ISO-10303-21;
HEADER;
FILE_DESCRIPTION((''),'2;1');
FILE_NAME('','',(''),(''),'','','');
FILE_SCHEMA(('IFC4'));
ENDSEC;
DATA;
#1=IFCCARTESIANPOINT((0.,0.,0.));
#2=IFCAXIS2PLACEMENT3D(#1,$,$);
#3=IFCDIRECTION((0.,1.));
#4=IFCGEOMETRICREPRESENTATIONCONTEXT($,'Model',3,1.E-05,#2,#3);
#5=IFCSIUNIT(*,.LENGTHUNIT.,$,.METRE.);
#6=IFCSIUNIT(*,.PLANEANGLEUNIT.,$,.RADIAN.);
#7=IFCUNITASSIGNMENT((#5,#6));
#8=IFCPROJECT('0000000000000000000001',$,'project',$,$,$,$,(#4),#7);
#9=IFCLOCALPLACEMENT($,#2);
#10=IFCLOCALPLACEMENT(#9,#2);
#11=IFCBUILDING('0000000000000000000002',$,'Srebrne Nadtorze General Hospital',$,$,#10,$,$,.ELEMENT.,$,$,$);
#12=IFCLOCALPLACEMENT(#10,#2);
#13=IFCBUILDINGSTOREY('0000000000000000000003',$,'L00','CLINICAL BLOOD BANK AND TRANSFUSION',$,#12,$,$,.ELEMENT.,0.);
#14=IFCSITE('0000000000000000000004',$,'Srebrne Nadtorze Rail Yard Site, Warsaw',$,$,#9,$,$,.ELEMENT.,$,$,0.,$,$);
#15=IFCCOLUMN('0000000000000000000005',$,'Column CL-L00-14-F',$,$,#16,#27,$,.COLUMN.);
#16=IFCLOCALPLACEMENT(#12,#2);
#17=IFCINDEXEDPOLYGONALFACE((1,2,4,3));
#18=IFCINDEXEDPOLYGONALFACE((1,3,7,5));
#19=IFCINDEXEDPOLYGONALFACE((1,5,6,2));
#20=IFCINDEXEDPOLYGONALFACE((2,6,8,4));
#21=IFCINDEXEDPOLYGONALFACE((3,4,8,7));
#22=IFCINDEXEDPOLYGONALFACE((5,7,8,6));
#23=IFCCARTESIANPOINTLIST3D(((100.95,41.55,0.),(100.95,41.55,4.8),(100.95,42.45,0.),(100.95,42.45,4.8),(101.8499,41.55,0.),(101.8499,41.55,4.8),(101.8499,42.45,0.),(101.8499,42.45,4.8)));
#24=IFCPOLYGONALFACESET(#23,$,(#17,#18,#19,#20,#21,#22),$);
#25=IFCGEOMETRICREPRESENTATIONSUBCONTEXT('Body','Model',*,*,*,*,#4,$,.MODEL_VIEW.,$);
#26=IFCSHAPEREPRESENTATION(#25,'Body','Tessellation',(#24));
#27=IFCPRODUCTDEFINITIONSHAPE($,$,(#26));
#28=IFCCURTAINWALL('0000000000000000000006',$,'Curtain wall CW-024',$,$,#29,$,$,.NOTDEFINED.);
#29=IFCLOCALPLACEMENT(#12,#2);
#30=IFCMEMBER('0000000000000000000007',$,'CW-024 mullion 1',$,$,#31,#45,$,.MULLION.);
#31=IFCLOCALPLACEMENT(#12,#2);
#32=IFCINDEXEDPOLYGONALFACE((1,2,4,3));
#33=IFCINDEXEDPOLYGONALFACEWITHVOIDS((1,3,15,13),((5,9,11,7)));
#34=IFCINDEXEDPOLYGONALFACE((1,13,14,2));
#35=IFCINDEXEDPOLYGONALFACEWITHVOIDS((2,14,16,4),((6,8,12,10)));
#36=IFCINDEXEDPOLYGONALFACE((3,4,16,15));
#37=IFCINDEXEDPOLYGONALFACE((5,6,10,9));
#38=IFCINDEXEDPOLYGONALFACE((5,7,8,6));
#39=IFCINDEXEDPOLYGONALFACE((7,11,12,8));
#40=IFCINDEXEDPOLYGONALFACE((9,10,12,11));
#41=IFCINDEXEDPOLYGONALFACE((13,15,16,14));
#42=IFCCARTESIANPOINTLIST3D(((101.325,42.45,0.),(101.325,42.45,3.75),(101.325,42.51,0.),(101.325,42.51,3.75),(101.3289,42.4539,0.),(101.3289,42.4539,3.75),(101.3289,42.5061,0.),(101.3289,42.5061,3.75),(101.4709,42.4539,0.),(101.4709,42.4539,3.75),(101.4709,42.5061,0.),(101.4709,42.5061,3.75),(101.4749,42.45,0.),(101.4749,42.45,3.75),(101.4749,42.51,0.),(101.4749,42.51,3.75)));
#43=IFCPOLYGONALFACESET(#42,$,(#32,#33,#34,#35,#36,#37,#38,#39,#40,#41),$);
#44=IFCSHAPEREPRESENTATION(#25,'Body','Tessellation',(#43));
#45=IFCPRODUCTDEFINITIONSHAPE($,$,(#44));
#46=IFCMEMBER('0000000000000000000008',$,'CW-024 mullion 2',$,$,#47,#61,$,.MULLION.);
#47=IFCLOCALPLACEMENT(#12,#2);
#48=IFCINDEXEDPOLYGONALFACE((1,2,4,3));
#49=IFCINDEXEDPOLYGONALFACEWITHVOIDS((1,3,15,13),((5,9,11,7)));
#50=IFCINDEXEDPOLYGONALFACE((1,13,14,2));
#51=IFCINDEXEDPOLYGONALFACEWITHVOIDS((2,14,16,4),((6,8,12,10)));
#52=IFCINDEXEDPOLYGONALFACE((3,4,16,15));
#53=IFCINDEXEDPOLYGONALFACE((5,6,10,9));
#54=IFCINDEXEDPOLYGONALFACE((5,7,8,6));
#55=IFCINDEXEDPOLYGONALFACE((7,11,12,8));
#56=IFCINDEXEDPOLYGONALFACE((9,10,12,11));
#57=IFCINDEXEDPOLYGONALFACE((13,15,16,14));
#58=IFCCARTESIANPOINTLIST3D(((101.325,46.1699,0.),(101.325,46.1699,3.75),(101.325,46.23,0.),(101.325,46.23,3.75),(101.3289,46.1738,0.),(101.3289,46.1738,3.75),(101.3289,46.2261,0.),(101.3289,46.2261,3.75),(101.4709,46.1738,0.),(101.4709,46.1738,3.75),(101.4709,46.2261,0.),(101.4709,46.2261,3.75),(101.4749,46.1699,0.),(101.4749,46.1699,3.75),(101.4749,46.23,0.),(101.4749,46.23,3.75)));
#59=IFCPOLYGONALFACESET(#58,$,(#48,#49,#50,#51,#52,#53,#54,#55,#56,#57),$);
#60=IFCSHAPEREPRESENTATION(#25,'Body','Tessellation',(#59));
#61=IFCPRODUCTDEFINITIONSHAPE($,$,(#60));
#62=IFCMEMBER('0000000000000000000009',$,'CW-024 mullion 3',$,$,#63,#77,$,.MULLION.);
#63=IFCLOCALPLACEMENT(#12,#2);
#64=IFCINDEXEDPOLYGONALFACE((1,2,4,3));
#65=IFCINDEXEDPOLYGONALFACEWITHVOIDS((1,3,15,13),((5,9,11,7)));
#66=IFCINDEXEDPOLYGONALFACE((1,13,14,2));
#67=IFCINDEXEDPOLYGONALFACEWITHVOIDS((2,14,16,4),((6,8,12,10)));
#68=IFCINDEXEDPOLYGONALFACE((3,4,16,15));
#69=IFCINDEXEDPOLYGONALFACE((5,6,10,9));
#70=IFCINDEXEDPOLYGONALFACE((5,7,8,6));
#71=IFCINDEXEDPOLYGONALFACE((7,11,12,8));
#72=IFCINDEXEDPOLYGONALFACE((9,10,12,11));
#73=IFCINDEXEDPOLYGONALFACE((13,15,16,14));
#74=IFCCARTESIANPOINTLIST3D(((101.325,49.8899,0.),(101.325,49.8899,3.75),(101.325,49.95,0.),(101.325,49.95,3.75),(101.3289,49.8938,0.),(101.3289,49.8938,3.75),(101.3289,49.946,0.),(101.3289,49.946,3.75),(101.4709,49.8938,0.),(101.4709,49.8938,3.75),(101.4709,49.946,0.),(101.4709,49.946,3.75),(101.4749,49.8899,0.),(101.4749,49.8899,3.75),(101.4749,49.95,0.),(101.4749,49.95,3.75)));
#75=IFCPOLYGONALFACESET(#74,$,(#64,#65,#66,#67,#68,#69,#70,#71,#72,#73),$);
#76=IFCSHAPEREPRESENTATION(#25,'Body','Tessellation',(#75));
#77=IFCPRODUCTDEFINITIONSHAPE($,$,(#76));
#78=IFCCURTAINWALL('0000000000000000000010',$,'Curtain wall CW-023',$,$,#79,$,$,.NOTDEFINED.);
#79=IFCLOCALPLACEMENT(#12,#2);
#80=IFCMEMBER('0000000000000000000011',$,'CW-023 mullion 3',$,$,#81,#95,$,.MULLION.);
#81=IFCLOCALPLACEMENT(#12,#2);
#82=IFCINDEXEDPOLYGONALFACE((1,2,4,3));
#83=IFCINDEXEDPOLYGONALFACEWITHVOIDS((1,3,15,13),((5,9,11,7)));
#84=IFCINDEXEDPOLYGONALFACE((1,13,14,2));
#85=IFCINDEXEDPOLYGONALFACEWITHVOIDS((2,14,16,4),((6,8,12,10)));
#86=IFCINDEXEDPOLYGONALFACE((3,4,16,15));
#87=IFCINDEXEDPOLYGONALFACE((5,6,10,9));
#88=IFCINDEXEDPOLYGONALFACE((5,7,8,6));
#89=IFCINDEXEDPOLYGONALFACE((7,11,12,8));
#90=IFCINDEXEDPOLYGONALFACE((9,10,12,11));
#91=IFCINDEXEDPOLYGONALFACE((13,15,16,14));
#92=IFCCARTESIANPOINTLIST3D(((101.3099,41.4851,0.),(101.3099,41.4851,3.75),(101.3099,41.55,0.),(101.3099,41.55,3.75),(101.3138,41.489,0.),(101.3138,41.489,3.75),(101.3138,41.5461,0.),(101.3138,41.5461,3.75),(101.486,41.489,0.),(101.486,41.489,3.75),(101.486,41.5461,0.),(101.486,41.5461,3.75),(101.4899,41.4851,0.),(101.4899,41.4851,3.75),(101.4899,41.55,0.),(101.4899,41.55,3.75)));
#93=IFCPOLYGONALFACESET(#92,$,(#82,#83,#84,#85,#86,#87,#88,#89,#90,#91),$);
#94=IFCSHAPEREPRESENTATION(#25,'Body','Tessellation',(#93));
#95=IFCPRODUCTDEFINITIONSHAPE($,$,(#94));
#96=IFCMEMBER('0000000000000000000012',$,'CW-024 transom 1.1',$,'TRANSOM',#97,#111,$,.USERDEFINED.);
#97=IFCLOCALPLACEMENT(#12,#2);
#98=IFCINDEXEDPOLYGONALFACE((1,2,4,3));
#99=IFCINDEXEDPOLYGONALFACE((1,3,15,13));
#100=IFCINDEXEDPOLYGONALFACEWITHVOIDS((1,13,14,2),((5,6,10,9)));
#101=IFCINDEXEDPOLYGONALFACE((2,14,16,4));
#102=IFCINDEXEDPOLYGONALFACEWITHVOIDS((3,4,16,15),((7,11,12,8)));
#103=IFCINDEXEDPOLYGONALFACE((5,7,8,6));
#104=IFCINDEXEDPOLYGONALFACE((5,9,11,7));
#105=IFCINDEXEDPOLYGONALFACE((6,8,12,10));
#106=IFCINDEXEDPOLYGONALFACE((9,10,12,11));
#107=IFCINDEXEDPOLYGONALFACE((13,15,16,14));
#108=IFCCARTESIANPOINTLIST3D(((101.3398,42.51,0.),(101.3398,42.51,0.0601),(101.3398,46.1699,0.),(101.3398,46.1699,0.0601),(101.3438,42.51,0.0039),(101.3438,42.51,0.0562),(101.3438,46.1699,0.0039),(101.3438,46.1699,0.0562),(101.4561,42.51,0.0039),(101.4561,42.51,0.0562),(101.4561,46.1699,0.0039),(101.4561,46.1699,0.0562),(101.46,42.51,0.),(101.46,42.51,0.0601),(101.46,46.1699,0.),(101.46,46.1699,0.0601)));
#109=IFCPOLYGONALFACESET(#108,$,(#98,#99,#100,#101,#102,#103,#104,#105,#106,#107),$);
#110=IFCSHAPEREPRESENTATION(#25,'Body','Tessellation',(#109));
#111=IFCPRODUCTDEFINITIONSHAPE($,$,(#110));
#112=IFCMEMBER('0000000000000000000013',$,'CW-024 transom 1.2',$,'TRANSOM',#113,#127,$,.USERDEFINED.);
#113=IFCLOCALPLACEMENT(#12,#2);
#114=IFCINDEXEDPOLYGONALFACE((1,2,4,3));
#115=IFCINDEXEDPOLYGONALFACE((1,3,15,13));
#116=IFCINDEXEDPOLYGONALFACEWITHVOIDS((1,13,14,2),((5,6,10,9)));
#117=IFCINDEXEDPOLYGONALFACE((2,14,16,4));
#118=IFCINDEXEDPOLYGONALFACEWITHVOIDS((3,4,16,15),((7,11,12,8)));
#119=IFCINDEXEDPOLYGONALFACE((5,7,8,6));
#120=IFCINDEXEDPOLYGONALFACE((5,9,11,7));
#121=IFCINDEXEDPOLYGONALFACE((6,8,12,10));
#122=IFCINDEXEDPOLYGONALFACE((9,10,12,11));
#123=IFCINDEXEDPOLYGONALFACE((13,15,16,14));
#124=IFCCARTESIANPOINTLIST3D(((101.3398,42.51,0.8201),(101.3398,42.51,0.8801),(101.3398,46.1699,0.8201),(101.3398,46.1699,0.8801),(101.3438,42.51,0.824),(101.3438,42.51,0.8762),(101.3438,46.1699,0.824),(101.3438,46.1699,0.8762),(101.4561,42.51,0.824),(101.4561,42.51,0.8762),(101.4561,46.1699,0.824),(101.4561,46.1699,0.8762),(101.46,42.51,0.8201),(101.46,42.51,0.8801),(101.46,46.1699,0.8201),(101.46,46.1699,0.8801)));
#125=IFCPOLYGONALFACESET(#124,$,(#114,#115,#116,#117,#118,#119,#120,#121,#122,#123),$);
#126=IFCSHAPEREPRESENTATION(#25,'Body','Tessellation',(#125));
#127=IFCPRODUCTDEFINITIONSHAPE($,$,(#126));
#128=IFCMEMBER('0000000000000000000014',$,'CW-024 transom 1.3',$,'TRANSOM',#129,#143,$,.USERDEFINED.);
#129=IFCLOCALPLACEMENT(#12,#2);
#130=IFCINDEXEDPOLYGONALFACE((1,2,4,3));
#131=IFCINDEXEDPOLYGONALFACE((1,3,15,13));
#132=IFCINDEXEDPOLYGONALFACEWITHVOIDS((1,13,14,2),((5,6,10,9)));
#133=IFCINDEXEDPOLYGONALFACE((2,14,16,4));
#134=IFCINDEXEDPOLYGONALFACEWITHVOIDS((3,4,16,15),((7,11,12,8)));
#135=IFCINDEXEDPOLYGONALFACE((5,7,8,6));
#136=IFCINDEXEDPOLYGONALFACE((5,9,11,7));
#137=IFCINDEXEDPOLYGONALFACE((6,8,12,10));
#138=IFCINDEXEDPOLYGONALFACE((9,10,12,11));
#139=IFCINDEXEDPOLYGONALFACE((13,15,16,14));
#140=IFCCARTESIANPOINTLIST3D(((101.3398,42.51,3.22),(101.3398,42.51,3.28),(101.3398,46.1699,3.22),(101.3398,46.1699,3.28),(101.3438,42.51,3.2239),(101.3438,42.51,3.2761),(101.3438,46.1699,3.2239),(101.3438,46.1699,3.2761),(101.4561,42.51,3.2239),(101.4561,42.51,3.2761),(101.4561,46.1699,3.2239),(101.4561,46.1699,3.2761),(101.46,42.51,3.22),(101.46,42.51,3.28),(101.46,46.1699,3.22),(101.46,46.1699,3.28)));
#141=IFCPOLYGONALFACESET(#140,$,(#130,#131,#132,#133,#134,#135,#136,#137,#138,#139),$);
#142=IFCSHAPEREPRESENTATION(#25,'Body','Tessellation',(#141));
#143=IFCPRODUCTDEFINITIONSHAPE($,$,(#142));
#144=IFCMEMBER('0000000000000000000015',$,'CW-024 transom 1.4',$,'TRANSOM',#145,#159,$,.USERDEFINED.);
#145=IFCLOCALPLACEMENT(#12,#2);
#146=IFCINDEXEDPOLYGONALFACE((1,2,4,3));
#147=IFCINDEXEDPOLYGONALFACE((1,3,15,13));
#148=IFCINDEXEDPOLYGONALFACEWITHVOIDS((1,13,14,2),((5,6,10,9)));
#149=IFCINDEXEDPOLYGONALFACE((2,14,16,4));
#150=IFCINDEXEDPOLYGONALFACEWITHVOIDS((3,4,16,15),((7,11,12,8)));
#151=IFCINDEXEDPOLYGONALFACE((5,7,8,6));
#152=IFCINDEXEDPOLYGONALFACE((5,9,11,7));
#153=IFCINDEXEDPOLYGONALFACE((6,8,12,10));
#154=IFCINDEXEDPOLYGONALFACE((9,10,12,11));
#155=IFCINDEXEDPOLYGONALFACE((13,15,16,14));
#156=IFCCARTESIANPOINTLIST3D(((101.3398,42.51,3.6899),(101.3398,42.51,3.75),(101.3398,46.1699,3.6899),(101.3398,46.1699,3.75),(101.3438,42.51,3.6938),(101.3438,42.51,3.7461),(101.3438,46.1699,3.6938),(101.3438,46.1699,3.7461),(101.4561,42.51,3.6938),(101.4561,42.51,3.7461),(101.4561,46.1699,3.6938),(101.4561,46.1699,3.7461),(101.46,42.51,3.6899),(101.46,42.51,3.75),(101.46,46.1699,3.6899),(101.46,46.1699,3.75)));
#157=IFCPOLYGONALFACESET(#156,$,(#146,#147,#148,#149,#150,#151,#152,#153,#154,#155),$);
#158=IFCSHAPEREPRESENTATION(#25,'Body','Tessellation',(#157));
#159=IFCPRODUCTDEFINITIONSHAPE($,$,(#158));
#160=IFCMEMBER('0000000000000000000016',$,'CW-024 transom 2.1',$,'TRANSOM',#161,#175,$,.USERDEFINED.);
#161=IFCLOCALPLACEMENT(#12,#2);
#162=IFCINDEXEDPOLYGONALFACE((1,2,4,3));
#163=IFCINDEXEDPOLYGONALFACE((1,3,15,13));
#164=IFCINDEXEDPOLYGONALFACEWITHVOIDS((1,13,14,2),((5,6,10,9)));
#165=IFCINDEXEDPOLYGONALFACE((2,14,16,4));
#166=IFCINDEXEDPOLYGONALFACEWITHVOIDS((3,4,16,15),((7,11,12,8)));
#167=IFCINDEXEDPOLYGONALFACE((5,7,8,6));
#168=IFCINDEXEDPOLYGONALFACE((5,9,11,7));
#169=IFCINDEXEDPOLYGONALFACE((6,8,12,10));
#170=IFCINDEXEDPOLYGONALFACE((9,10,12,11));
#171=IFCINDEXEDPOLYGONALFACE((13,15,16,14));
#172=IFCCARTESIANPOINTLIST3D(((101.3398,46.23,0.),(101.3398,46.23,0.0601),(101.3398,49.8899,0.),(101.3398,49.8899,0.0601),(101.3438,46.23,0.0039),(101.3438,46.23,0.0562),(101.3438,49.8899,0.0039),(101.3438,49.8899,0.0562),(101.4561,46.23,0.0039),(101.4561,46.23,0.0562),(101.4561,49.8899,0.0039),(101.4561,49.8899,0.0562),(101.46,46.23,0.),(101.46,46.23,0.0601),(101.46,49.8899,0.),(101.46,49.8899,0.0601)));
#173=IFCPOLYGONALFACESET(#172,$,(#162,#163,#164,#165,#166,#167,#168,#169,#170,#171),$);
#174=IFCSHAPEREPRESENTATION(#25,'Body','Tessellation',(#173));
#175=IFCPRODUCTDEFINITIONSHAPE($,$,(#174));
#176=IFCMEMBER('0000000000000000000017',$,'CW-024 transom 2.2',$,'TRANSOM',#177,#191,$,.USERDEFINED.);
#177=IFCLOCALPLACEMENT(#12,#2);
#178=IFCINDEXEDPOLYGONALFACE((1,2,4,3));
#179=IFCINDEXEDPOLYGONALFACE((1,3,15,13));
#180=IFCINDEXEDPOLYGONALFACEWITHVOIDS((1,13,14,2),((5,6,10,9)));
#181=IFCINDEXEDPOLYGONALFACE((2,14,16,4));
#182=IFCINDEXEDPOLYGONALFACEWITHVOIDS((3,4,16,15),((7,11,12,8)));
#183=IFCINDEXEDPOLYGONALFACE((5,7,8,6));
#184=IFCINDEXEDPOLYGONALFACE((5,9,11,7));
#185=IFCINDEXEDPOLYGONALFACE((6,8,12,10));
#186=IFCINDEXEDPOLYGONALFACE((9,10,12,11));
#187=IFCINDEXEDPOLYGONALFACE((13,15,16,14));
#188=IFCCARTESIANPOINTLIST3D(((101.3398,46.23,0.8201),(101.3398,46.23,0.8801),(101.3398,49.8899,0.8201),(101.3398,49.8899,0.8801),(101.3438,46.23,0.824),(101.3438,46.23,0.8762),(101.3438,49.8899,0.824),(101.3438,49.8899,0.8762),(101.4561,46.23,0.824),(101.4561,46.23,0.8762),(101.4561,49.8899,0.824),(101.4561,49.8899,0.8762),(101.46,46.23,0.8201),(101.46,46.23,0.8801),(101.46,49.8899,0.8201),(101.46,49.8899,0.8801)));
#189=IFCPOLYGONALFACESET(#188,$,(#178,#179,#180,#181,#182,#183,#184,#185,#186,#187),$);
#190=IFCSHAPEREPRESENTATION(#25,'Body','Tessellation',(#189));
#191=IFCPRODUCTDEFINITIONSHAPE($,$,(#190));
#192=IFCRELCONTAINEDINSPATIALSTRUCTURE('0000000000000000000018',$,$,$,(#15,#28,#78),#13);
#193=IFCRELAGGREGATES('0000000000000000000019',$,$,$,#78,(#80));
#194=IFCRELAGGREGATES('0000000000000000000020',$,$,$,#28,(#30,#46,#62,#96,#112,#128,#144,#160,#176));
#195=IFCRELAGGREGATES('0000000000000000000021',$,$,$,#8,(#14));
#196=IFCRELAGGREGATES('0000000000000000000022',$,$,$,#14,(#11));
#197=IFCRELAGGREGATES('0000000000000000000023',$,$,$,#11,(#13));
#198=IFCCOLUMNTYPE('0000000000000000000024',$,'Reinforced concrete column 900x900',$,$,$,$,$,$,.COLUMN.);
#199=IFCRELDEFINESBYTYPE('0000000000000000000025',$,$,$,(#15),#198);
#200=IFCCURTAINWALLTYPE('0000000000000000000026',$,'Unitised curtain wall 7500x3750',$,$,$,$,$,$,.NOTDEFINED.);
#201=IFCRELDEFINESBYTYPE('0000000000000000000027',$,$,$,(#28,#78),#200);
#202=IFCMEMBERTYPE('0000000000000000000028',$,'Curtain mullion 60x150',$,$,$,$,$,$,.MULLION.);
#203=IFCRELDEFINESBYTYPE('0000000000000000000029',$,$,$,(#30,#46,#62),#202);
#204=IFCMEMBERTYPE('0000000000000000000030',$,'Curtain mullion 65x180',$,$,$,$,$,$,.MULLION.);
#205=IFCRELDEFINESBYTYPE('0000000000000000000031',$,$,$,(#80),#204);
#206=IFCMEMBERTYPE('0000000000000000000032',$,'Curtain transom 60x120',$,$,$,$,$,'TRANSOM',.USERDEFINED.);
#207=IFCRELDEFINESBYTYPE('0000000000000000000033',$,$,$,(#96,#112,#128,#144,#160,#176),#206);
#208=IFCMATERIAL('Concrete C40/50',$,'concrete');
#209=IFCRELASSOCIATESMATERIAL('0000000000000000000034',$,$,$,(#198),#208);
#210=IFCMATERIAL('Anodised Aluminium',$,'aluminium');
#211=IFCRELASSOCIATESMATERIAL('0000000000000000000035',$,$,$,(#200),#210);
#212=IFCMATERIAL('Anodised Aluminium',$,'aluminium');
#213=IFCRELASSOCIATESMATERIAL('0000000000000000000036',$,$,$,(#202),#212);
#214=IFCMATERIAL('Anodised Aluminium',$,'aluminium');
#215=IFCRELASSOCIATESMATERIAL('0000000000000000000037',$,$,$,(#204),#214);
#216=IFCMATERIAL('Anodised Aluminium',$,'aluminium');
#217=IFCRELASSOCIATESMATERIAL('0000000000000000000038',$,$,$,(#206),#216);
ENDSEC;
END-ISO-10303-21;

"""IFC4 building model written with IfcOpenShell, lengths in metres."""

from ifc_helpers import new_model, si_unit, direction, frame, origin, origin_2d, place, context, subcontext, project, spatial, rectangle, hollow_rectangle, extrude, material, material_profile, profile_set, type_object, element, aggregate, save


model = new_model("IFC4")

# Units and contexts
model_context = context("Model", 3, precision=1e-05, world=origin(), true_north=direction((0.0, 1.0)))
body_context = subcontext(model_context, "Body", "Model", "MODEL_VIEW")
ifc_project = project(units=[si_unit("LENGTHUNIT", "METRE"), si_unit("PLANEANGLEUNIT", "RADIAN")], contexts=[model_context])

# Site, building, storey
site_placement = place(None, origin())
site = spatial("IfcSite", under=ifc_project, at=site_placement, Name="Srebrne Nadtorze Rail Yard Site, Warsaw", CompositionType="ELEMENT", RefElevation=0.0)
building_placement = place(site_placement, origin())
building = spatial("IfcBuilding", under=site, at=building_placement, Name="Srebrne Nadtorze General Hospital", CompositionType="ELEMENT")
storey_placement = place(building_placement, origin())
storey = spatial("IfcBuildingStorey", under=building, at=storey_placement, Name="L00", Description="CLINICAL BLOOD BANK AND TRANSFUSION", CompositionType="ELEMENT", Elevation=0.0)

# Column
ifc_material_1 = material(Name="Concrete C40/50", Category="concrete")
ifc_material_profile_1 = material_profile(ifc_material_1, rectangle(XDim=0.8999, YDim=0.8999, at=origin_2d()), Name="RC-COL-900x900")
ifc_profile_set_1 = profile_set([ifc_material_profile_1], Name="Concrete C40/50")
column_type = type_object("IfcColumnType", Name="Reinforced concrete column 900x900", PredefinedType="COLUMN", material=ifc_profile_set_1)
column_placement = place(storey_placement, frame((101.3999, 42.0, 0.0), z_axis=(0.0, 0.0, 1.0), x_axis=(1.0, 0.0, 0.0)))
element("IfcColumn", 1, at=column_placement, inside=storey, type_object=column_type, Name="Column CL-L00-14-F", PredefinedType="COLUMN", context=body_context, shape_type="SweptSolid", body=[
    extrude(rectangle(XDim=0.8999, YDim=0.8999, at=origin_2d()), origin(), (0.0, 0.0, 1.0), 4.8),
])

# Curtain wall, members
ifc_material_2 = material(Name="Anodised Aluminium", Category="aluminium")
curtain_wall_type = type_object("IfcCurtainWallType", Name="Unitised curtain wall 7500x3750", PredefinedType="NOTDEFINED", material=ifc_material_2)
curtain_wall_1_placement = place(storey_placement, origin())
curtain_wall_1 = element("IfcCurtainWall", 2, at=curtain_wall_1_placement, inside=storey, type_object=curtain_wall_type, Name="Curtain wall CW-024", PredefinedType="NOTDEFINED")
ifc_material_3 = material(Name="Anodised Aluminium", Category="aluminium")
ifc_material_profile_2 = material_profile(ifc_material_3, hollow_rectangle(XDim=0.0601, YDim=0.1499, WallThickness=0.0039, at=origin_2d()), Name="AL-MUL-60x150")
ifc_profile_set_2 = profile_set([ifc_material_profile_2], Name="Anodised Aluminium")
member_type_1 = type_object("IfcMemberType", Name="Curtain mullion 60x150", PredefinedType="MULLION", material=ifc_profile_set_2)
member_1_placement = place(storey_placement, frame((101.3999, 42.48, 0.0), z_axis=(0.0, 0.0, 1.0), x_axis=(0.0, 1.0, 0.0)))
member_1 = element("IfcMember", 3, at=member_1_placement, type_object=member_type_1, Name="CW-024 mullion 1", PredefinedType="MULLION", context=body_context, shape_type="SweptSolid", body=[
    extrude(hollow_rectangle(XDim=0.0601, YDim=0.1499, WallThickness=0.0039, at=origin_2d()), origin(), (0.0, 0.0, 1.0), 3.75),
])
member_2_placement = place(storey_placement, frame((101.3999, 46.2, 0.0), z_axis=(0.0, 0.0, 1.0), x_axis=(0.0, 1.0, 0.0)))
member_2 = element("IfcMember", 4, at=member_2_placement, type_object=member_type_1, Name="CW-024 mullion 2", PredefinedType="MULLION", context=body_context, shape_type="SweptSolid", body=[
    extrude(hollow_rectangle(XDim=0.0601, YDim=0.1499, WallThickness=0.0039, at=origin_2d()), origin(), (0.0, 0.0, 1.0), 3.75),
])
member_3_placement = place(storey_placement, frame((101.3999, 49.9199, 0.0), z_axis=(0.0, 0.0, 1.0), x_axis=(0.0, 1.0, 0.0)))
member_3 = element("IfcMember", 5, at=member_3_placement, type_object=member_type_1, Name="CW-024 mullion 3", PredefinedType="MULLION", context=body_context, shape_type="SweptSolid", body=[
    extrude(hollow_rectangle(XDim=0.0601, YDim=0.1499, WallThickness=0.0039, at=origin_2d()), origin(), (0.0, 0.0, 1.0), 3.75),
])

# Curtain wall, member
curtain_wall_2_placement = place(storey_placement, origin())
curtain_wall_2 = element("IfcCurtainWall", 6, at=curtain_wall_2_placement, inside=storey, type_object=curtain_wall_type, Name="Curtain wall CW-023", PredefinedType="NOTDEFINED")
ifc_material_4 = material(Name="Anodised Aluminium", Category="aluminium")
ifc_material_profile_3 = material_profile(ifc_material_4, hollow_rectangle(XDim=0.0649, YDim=0.1799, WallThickness=0.0039, at=origin_2d()), Name="AL-MUL-65x180")
ifc_profile_set_3 = profile_set([ifc_material_profile_3], Name="Anodised Aluminium")
member_type_2 = type_object("IfcMemberType", Name="Curtain mullion 65x180", PredefinedType="MULLION", material=ifc_profile_set_3)
member_4_placement = place(storey_placement, frame((101.3999, 41.5176, 0.0), z_axis=(0.0, 0.0, 1.0), x_axis=(0.0, 1.0, 0.0)))
member_4 = element("IfcMember", 7, at=member_4_placement, type_object=member_type_2, Name="CW-023 mullion 3", PredefinedType="MULLION", context=body_context, shape_type="SweptSolid", body=[
    extrude(hollow_rectangle(XDim=0.0649, YDim=0.1799, WallThickness=0.0039, at=origin_2d()), origin(), (0.0, 0.0, 1.0), 3.75),
])

# Members
ifc_material_5 = material(Name="Anodised Aluminium", Category="aluminium")
ifc_material_profile_4 = material_profile(ifc_material_5, hollow_rectangle(XDim=0.0601, YDim=0.1201, WallThickness=0.0039, at=origin_2d()), Name="AL-TRN-60x120")
ifc_profile_set_4 = profile_set([ifc_material_profile_4], Name="Anodised Aluminium")
member_type_3 = type_object("IfcMemberType", Name="Curtain transom 60x120", ElementType="TRANSOM", PredefinedType="USERDEFINED", material=ifc_profile_set_4)
member_5_placement = place(storey_placement, frame((101.3999, 42.51, 0.03), z_axis=(0.0, 1.0, 0.0), x_axis=(0.0, 0.0, 1.0)))
member_5 = element("IfcMember", 8, at=member_5_placement, type_object=member_type_3, Name="CW-024 transom 1.1", ObjectType="TRANSOM", PredefinedType="USERDEFINED", context=body_context, shape_type="SweptSolid", body=[
    extrude(hollow_rectangle(XDim=0.0601, YDim=0.1201, WallThickness=0.0039, at=origin_2d()), origin(), (0.0, 0.0, 1.0), 3.6599),
])
member_6_placement = place(storey_placement, frame((101.3999, 42.51, 0.8501), z_axis=(0.0, 1.0, 0.0), x_axis=(0.0, 0.0, 1.0)))
member_6 = element("IfcMember", 9, at=member_6_placement, type_object=member_type_3, Name="CW-024 transom 1.2", ObjectType="TRANSOM", PredefinedType="USERDEFINED", context=body_context, shape_type="SweptSolid", body=[
    extrude(hollow_rectangle(XDim=0.0601, YDim=0.1201, WallThickness=0.0039, at=origin_2d()), origin(), (0.0, 0.0, 1.0), 3.6599),
])
member_7_placement = place(storey_placement, frame((101.3999, 42.51, 3.25), z_axis=(0.0, 1.0, 0.0), x_axis=(0.0, 0.0, 1.0)))
member_7 = element("IfcMember", 10, at=member_7_placement, type_object=member_type_3, Name="CW-024 transom 1.3", ObjectType="TRANSOM", PredefinedType="USERDEFINED", context=body_context, shape_type="SweptSolid", body=[
    extrude(hollow_rectangle(XDim=0.0601, YDim=0.1201, WallThickness=0.0039, at=origin_2d()), origin(), (0.0, 0.0, 1.0), 3.6599),
])
member_8_placement = place(storey_placement, frame((101.3999, 42.51, 3.72), z_axis=(0.0, 1.0, 0.0), x_axis=(0.0, 0.0, 1.0)))
member_8 = element("IfcMember", 11, at=member_8_placement, type_object=member_type_3, Name="CW-024 transom 1.4", ObjectType="TRANSOM", PredefinedType="USERDEFINED", context=body_context, shape_type="SweptSolid", body=[
    extrude(hollow_rectangle(XDim=0.0601, YDim=0.1201, WallThickness=0.0039, at=origin_2d()), origin(), (0.0, 0.0, 1.0), 3.6599),
])
member_9_placement = place(storey_placement, frame((101.3999, 46.23, 0.03), z_axis=(0.0, 1.0, 0.0), x_axis=(0.0, 0.0, 1.0)))
member_9 = element("IfcMember", 12, at=member_9_placement, type_object=member_type_3, Name="CW-024 transom 2.1", ObjectType="TRANSOM", PredefinedType="USERDEFINED", context=body_context, shape_type="SweptSolid", body=[
    extrude(hollow_rectangle(XDim=0.0601, YDim=0.1201, WallThickness=0.0039, at=origin_2d()), origin(), (0.0, 0.0, 1.0), 3.6599),
])
member_10_placement = place(storey_placement, frame((101.3999, 46.23, 0.8501), z_axis=(0.0, 1.0, 0.0), x_axis=(0.0, 0.0, 1.0)))
member_10 = element("IfcMember", 13, at=member_10_placement, type_object=member_type_3, Name="CW-024 transom 2.2", ObjectType="TRANSOM", PredefinedType="USERDEFINED", context=body_context, shape_type="SweptSolid", body=[
    extrude(hollow_rectangle(XDim=0.0601, YDim=0.1201, WallThickness=0.0039, at=origin_2d()), origin(), (0.0, 0.0, 1.0), 3.6599),
])

aggregate(curtain_wall_2, [member_4])
aggregate(curtain_wall_1, [member_1, member_2, member_3, member_5, member_6, member_7, member_8, member_9, member_10])

save(model, "model.ifc")
